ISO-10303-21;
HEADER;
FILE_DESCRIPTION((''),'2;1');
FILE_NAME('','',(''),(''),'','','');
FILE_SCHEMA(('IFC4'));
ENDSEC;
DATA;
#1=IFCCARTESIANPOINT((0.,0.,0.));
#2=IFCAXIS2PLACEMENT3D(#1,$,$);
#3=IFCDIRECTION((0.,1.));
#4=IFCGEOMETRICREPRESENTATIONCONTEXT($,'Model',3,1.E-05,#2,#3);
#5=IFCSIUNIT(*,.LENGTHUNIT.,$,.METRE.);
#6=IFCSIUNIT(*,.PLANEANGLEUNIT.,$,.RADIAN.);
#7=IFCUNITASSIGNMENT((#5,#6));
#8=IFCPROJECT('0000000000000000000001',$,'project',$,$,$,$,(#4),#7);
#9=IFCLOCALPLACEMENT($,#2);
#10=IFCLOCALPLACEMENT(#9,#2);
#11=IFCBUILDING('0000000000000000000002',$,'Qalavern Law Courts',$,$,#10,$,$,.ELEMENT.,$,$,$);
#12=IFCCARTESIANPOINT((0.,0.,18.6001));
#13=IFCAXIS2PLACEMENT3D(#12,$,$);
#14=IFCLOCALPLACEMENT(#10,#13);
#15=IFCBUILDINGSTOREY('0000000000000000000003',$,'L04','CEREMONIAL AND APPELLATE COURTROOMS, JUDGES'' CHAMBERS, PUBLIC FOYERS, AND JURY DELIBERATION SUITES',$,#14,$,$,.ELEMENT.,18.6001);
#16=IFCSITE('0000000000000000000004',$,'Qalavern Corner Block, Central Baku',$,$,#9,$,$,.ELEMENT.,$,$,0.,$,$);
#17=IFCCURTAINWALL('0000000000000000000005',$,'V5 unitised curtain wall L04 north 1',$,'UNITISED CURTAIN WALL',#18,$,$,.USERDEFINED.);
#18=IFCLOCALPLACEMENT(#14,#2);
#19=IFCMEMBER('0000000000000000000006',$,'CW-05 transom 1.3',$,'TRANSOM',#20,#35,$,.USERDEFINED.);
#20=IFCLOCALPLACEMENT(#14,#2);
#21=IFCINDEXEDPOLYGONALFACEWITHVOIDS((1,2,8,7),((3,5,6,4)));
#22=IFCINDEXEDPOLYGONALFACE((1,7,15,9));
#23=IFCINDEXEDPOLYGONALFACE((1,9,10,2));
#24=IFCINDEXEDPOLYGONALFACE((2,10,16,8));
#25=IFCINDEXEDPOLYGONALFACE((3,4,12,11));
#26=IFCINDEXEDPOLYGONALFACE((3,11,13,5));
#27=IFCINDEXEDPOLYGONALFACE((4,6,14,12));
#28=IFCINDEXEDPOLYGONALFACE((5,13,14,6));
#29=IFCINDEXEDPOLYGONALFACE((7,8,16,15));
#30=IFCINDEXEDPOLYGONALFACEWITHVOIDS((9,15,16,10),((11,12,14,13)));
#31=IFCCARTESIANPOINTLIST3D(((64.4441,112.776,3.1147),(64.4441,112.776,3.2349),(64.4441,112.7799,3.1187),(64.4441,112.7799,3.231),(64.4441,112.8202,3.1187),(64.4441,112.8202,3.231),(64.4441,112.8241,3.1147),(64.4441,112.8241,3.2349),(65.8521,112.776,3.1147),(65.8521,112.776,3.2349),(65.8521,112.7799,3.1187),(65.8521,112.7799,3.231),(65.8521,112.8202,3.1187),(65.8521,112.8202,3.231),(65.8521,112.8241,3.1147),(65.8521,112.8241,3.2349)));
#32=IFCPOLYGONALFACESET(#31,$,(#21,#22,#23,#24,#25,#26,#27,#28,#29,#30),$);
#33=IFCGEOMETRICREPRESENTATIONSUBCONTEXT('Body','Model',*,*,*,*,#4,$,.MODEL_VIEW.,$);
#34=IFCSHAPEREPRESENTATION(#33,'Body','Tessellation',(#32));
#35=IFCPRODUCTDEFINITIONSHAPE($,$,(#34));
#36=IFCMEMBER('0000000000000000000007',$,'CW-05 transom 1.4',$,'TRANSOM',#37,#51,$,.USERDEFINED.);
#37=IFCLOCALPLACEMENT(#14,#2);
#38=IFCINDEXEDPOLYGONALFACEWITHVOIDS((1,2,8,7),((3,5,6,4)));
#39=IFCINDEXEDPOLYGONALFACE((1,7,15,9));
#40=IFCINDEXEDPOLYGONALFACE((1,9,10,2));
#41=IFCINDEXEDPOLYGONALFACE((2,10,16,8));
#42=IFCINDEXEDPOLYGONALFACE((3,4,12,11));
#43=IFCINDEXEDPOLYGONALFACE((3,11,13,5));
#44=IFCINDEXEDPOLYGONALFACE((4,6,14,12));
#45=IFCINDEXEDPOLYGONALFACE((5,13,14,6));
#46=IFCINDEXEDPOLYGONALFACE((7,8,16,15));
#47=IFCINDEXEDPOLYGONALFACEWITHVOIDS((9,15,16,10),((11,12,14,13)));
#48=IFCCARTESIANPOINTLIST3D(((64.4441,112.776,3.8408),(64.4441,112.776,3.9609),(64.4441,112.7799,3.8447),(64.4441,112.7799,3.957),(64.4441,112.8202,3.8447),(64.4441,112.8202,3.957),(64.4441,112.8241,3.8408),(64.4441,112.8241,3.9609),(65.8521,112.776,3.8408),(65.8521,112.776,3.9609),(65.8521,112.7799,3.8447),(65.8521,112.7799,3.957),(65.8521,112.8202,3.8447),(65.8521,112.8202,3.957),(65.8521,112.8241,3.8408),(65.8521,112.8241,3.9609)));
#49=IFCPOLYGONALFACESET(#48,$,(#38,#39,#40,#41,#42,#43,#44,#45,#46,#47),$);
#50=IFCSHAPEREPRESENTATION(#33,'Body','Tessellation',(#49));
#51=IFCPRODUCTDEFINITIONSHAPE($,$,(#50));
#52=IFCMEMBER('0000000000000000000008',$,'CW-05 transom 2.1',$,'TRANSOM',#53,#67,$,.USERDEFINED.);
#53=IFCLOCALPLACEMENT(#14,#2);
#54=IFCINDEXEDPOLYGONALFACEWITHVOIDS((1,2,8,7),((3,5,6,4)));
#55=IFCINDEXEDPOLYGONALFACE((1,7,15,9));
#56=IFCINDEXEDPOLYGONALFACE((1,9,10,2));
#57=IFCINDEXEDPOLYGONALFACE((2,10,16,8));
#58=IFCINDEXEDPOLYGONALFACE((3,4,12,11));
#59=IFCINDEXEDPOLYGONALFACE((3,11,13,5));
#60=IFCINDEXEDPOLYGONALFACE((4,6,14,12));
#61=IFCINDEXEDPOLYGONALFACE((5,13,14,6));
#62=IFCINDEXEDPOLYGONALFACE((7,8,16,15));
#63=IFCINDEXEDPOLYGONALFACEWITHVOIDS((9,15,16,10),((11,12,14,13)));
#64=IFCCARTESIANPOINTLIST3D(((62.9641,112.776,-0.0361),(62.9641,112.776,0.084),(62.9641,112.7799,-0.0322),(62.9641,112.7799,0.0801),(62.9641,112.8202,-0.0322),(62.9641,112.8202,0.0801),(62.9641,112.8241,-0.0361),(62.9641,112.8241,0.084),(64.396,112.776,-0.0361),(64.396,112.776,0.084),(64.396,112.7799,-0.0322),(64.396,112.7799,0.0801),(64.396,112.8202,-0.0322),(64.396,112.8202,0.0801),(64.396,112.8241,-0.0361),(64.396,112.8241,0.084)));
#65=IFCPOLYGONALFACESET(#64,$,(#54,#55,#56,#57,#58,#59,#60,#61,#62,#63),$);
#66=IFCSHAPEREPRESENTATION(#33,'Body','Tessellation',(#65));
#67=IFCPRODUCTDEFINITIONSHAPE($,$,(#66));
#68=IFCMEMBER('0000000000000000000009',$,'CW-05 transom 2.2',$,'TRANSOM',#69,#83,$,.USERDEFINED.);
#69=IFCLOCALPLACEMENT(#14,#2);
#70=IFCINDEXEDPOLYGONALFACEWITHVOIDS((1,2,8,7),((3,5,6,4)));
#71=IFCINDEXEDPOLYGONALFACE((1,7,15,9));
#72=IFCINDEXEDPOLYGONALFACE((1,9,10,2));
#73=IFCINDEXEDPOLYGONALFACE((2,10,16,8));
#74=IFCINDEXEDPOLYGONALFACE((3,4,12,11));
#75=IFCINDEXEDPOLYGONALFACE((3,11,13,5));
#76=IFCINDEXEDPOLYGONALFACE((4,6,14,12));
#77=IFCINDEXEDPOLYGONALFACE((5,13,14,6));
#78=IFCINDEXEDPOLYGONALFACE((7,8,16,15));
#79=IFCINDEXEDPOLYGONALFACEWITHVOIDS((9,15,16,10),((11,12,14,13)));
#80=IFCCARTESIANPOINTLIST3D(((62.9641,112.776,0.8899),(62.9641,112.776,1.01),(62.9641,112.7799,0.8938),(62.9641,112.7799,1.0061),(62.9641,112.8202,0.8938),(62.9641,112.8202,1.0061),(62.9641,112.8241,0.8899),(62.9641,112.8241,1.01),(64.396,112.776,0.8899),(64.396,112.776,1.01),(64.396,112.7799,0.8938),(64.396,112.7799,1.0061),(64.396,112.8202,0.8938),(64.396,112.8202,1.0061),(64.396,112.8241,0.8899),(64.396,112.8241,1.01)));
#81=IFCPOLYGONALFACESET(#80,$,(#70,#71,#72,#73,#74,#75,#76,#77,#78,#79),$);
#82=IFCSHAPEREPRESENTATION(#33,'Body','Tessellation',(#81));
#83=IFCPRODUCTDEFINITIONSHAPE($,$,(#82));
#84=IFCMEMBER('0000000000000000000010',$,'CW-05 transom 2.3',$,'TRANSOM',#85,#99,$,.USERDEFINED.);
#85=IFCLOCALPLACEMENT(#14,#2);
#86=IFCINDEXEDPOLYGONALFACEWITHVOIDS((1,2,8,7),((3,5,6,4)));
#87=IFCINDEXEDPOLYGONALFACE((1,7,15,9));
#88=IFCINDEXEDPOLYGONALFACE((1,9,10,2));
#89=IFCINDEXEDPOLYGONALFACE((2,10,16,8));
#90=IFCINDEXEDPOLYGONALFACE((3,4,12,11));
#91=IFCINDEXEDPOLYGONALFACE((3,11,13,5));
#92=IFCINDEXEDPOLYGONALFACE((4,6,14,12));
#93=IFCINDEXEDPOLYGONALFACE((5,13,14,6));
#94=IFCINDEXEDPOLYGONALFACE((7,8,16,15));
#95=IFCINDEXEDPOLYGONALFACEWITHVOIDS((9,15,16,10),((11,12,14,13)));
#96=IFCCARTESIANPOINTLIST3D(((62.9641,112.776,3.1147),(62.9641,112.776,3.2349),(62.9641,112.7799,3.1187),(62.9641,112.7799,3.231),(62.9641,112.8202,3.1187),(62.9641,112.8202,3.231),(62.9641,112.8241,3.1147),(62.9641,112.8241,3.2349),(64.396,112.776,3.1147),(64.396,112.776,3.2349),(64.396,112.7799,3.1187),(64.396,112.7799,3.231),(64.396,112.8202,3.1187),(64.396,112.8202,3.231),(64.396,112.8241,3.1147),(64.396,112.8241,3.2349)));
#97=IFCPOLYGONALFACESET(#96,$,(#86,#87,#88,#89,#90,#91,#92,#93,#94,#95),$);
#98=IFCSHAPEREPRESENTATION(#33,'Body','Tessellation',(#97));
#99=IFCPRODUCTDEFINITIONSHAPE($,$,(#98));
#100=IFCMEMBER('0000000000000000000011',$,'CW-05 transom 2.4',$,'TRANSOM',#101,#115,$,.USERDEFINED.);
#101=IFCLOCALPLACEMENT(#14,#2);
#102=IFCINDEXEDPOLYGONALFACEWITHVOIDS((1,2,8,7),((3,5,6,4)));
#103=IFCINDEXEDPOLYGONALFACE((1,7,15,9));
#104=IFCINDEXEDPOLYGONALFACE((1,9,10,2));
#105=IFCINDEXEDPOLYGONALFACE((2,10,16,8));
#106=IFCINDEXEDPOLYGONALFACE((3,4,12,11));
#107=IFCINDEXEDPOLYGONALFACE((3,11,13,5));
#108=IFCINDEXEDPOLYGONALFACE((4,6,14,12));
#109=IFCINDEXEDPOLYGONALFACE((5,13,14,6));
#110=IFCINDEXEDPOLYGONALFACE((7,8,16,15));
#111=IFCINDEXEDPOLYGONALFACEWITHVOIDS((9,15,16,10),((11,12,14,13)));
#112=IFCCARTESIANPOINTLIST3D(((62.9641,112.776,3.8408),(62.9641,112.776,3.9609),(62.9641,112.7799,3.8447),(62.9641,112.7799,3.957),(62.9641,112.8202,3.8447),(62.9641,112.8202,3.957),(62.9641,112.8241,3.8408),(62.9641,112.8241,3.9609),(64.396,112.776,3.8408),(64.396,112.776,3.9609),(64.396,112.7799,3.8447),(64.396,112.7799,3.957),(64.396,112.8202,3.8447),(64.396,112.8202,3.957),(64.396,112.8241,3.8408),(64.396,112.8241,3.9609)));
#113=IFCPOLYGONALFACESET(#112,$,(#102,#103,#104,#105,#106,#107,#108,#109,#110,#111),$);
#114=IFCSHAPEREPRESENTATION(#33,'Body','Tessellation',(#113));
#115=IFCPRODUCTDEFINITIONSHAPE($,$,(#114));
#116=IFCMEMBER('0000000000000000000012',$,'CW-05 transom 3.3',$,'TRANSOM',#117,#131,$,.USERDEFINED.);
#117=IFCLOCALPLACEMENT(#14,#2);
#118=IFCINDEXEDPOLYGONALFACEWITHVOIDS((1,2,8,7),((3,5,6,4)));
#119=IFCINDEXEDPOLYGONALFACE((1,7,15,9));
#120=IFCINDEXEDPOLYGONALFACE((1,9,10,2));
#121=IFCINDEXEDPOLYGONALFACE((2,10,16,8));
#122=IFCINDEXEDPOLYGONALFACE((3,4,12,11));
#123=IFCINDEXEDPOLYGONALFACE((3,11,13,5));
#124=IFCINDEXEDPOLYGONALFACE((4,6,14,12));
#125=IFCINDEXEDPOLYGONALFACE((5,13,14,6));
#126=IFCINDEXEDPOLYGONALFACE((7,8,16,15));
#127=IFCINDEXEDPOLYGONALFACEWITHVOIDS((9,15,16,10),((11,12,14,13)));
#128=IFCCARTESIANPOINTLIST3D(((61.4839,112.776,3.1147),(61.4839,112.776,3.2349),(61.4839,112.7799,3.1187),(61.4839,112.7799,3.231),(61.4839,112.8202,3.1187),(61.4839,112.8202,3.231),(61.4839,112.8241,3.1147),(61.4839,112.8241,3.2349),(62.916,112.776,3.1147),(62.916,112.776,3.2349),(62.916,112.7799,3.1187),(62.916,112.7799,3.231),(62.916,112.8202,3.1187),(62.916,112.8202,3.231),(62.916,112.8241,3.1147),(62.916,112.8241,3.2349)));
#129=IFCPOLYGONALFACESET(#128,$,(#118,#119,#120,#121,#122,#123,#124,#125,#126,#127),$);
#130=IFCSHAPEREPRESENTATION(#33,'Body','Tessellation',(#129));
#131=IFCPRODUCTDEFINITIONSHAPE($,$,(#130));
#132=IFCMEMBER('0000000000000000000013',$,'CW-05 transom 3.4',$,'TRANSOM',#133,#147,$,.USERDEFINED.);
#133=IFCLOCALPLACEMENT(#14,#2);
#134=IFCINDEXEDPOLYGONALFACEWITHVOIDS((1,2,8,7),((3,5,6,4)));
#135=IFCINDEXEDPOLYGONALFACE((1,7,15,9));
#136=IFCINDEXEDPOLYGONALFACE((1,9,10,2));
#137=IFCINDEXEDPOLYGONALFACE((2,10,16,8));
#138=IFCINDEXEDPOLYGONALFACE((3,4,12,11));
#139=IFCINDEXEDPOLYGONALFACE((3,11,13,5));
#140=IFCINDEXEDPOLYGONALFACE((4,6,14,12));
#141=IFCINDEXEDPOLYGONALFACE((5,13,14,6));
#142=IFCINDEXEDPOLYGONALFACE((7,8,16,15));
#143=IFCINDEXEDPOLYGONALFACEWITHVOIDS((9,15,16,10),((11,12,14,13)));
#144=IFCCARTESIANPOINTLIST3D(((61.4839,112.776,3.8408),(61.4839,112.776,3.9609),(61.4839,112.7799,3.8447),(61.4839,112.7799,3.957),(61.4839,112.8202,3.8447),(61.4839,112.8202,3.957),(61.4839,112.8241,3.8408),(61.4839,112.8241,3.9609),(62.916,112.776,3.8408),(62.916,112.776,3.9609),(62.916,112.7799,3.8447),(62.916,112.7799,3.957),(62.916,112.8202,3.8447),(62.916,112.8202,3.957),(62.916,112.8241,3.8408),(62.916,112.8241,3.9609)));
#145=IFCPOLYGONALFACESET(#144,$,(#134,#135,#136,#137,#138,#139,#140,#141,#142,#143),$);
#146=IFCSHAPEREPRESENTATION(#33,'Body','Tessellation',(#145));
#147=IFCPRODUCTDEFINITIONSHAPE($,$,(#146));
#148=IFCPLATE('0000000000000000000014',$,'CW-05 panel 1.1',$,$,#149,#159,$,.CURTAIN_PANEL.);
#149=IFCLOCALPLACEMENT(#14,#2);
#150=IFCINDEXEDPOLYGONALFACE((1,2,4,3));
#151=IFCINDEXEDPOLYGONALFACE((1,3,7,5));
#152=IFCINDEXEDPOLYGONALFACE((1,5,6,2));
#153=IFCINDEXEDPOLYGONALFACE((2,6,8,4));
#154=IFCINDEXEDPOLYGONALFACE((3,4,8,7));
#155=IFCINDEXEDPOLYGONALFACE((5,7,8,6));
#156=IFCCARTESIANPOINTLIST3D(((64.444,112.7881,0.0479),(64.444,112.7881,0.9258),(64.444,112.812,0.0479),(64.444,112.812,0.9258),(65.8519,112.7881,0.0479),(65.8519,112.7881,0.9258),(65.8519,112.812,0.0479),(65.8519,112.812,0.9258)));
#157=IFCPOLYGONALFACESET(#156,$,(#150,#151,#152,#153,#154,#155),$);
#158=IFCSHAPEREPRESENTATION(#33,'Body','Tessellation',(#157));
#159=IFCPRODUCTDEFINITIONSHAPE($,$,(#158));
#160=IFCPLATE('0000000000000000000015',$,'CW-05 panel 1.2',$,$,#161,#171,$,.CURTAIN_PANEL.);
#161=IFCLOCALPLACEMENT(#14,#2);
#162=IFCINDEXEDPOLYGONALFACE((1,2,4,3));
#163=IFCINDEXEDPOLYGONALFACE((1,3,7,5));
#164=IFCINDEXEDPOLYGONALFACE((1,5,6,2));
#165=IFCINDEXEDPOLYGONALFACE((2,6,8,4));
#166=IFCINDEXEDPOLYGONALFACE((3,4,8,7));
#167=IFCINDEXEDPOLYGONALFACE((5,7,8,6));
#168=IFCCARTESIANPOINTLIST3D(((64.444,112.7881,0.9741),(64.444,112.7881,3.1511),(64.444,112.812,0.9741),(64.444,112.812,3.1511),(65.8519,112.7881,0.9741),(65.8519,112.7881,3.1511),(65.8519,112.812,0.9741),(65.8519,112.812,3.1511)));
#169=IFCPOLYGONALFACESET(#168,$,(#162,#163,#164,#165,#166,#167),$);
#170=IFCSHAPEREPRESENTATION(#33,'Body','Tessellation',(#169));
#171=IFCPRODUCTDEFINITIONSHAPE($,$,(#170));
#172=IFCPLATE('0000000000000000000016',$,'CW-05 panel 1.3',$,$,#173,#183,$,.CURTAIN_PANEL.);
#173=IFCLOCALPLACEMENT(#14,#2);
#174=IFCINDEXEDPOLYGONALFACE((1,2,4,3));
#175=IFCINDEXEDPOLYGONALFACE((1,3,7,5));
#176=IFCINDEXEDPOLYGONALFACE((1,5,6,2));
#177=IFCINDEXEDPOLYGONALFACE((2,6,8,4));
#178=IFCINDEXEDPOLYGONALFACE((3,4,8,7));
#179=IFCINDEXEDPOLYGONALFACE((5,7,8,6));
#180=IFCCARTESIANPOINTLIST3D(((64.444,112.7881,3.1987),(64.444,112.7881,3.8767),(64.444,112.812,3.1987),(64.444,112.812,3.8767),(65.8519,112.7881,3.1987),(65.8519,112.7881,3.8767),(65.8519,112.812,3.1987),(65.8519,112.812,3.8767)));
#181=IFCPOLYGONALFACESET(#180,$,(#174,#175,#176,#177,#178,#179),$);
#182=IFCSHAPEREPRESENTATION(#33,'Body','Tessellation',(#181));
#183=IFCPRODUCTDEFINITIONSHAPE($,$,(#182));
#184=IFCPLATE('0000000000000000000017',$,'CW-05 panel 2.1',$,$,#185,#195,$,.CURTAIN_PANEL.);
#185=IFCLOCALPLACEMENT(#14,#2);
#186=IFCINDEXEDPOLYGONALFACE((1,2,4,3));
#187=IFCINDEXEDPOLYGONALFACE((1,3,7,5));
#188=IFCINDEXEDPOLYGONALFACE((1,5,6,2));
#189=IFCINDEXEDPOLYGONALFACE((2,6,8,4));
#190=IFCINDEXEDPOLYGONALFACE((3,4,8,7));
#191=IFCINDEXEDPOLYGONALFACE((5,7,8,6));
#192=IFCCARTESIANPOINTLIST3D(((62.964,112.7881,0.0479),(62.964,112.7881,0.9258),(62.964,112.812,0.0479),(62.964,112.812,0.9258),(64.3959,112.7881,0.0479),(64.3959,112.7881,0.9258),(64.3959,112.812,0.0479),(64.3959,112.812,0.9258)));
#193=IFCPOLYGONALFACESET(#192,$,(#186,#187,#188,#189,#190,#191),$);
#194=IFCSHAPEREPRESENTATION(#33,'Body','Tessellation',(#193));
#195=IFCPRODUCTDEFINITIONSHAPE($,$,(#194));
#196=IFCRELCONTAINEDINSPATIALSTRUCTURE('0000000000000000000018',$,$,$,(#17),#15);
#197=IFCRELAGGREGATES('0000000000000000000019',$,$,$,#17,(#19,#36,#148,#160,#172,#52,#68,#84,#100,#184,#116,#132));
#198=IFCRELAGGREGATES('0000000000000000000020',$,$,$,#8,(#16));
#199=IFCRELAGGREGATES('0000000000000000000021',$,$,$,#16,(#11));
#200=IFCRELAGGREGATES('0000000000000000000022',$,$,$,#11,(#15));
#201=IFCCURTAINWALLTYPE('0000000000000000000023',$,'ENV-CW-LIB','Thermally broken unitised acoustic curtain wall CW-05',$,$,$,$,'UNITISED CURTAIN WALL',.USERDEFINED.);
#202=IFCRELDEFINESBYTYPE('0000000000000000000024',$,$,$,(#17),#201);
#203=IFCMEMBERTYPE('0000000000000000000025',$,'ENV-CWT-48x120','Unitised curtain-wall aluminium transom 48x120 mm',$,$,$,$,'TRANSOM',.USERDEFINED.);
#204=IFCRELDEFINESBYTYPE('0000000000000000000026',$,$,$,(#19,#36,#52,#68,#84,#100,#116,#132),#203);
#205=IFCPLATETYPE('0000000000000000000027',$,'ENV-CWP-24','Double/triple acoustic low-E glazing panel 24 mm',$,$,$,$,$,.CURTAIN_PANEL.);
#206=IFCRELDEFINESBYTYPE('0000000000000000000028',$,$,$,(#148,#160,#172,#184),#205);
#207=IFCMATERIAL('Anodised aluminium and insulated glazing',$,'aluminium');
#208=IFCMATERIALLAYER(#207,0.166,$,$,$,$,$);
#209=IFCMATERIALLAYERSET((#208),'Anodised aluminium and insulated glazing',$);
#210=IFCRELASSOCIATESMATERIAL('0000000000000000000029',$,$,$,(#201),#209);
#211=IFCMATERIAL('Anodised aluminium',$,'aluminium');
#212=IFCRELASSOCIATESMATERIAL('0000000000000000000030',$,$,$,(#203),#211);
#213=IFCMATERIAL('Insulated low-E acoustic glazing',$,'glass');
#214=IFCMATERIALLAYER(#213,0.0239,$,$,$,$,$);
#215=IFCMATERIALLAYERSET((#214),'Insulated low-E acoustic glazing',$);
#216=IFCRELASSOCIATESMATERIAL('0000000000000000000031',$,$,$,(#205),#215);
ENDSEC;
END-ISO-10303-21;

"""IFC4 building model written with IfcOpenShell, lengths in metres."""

from ifc_helpers import new_model, si_unit, direction, frame, origin, origin_2d, place, context, subcontext, project, spatial, rectangle, hollow_rectangle, extrude, material, layer, layer_set, material_profile, profile_set, type_object, element, aggregate, save


model = new_model("IFC4")

# Units and contexts
model_context = context("Model", 3, precision=1e-05, world=origin(), true_north=direction((0.0, 1.0)))
body_context = subcontext(model_context, "Body", "Model", "MODEL_VIEW")
ifc_project = project(units=[si_unit("LENGTHUNIT", "METRE"), si_unit("PLANEANGLEUNIT", "RADIAN")], contexts=[model_context])

# Site, building, storey
site_placement = place(None, origin())
site = spatial("IfcSite", under=ifc_project, at=site_placement, Name="Qalavern Corner Block, Central Baku", CompositionType="ELEMENT", RefElevation=0.0)
building_placement = place(site_placement, origin())
building = spatial("IfcBuilding", under=site, at=building_placement, Name="Qalavern Law Courts", CompositionType="ELEMENT")
storey_placement = place(building_placement, frame((0.0, 0.0, 18.6001)))
storey = spatial("IfcBuildingStorey", under=building, at=storey_placement, Name="L04", Description="CEREMONIAL AND APPELLATE COURTROOMS, JUDGES' CHAMBERS, PUBLIC FOYERS, AND JURY DELIBERATION SUITES", CompositionType="ELEMENT", Elevation=18.6001)

# Shared definitions
ifc_material_1 = material(Name="Anodised aluminium and insulated glazing", Category="aluminium")
ifc_layer_1 = layer(ifc_material_1, 0.166)
ifc_layer_set_1 = layer_set([ifc_layer_1], Name="Anodised aluminium and insulated glazing")
curtain_wall_type = type_object("IfcCurtainWallType", Name="ENV-CW-LIB", Description="Thermally broken unitised acoustic curtain wall CW-05", ElementType="UNITISED CURTAIN WALL", PredefinedType="USERDEFINED", material=ifc_layer_set_1)
ifc_material_2 = material(Name="Anodised aluminium", Category="aluminium")

# Curtain wall
curtain_wall_1_placement = place(storey_placement, origin())
curtain_wall_1 = element("IfcCurtainWall", 1, at=curtain_wall_1_placement, inside=storey, type_object=curtain_wall_type, Name="V5 unitised curtain wall L04 north 1", ObjectType="UNITISED CURTAIN WALL", PredefinedType="USERDEFINED")

# Members
ifc_material_profile_1 = material_profile(ifc_material_2, hollow_rectangle(XDim=0.0481, YDim=0.1201, WallThickness=0.0039, at=origin_2d()), Name="ALU TRANSOM 48x120")
ifc_profile_set_1 = profile_set([ifc_material_profile_1], Name="Anodised aluminium")
member_type_1 = type_object("IfcMemberType", Name="ENV-CWT-48x120", Description="Unitised curtain-wall aluminium transom 48x120 mm", ElementType="TRANSOM", PredefinedType="USERDEFINED", material=ifc_profile_set_1)
member_1_placement = place(storey_placement, frame((65.8521, 112.8, 3.1748), z_axis=(-1.0, 0.0, 0.0), x_axis=(0.0, -1.0, 0.0)))
member_1 = element("IfcMember", 2, at=member_1_placement, type_object=member_type_1, Name="CW-05 transom 1.3", ObjectType="TRANSOM", PredefinedType="USERDEFINED", context=body_context, shape_type="SweptSolid", body=[
    extrude(hollow_rectangle(XDim=0.0481, YDim=0.1201, WallThickness=0.0039, at=origin_2d()), origin(), (0.0, 0.0, 1.0), 1.408),
])
member_2_placement = place(storey_placement, frame((65.8521, 112.8, 3.9009), z_axis=(-1.0, 0.0, 0.0), x_axis=(0.0, -1.0, 0.0)))
member_2 = element("IfcMember", 3, at=member_2_placement, type_object=member_type_1, Name="CW-05 transom 1.4", ObjectType="TRANSOM", PredefinedType="USERDEFINED", context=body_context, shape_type="SweptSolid", body=[
    extrude(hollow_rectangle(XDim=0.0481, YDim=0.1201, WallThickness=0.0039, at=origin_2d()), origin(), (0.0, 0.0, 1.0), 1.408),
])
member_3_placement = place(storey_placement, frame((64.396, 112.8, 0.0239), z_axis=(-1.0, 0.0, 0.0), x_axis=(0.0, -1.0, 0.0)))
member_3 = element("IfcMember", 4, at=member_3_placement, type_object=member_type_1, Name="CW-05 transom 2.1", ObjectType="TRANSOM", PredefinedType="USERDEFINED", context=body_context, shape_type="SweptSolid", body=[
    extrude(hollow_rectangle(XDim=0.0481, YDim=0.1201, WallThickness=0.0039, at=origin_2d()), origin(), (0.0, 0.0, 1.0), 1.4319),
])
member_4_placement = place(storey_placement, frame((64.396, 112.8, 0.95), z_axis=(-1.0, 0.0, 0.0), x_axis=(0.0, -1.0, 0.0)))
member_4 = element("IfcMember", 5, at=member_4_placement, type_object=member_type_1, Name="CW-05 transom 2.2", ObjectType="TRANSOM", PredefinedType="USERDEFINED", context=body_context, shape_type="SweptSolid", body=[
    extrude(hollow_rectangle(XDim=0.0481, YDim=0.1201, WallThickness=0.0039, at=origin_2d()), origin(), (0.0, 0.0, 1.0), 1.4319),
])
member_5_placement = place(storey_placement, frame((64.396, 112.8, 3.1748), z_axis=(-1.0, 0.0, 0.0), x_axis=(0.0, -1.0, 0.0)))
member_5 = element("IfcMember", 6, at=member_5_placement, type_object=member_type_1, Name="CW-05 transom 2.3", ObjectType="TRANSOM", PredefinedType="USERDEFINED", context=body_context, shape_type="SweptSolid", body=[
    extrude(hollow_rectangle(XDim=0.0481, YDim=0.1201, WallThickness=0.0039, at=origin_2d()), origin(), (0.0, 0.0, 1.0), 1.4319),
])
member_6_placement = place(storey_placement, frame((64.396, 112.8, 3.9009), z_axis=(-1.0, 0.0, 0.0), x_axis=(0.0, -1.0, 0.0)))
member_6 = element("IfcMember", 7, at=member_6_placement, type_object=member_type_1, Name="CW-05 transom 2.4", ObjectType="TRANSOM", PredefinedType="USERDEFINED", context=body_context, shape_type="SweptSolid", body=[
    extrude(hollow_rectangle(XDim=0.0481, YDim=0.1201, WallThickness=0.0039, at=origin_2d()), origin(), (0.0, 0.0, 1.0), 1.4319),
])
member_7_placement = place(storey_placement, frame((62.916, 112.8, 3.1748), z_axis=(-1.0, 0.0, 0.0), x_axis=(0.0, -1.0, 0.0)))
member_7 = element("IfcMember", 8, at=member_7_placement, type_object=member_type_1, Name="CW-05 transom 3.3", ObjectType="TRANSOM", PredefinedType="USERDEFINED", context=body_context, shape_type="SweptSolid", body=[
    extrude(hollow_rectangle(XDim=0.0481, YDim=0.1201, WallThickness=0.0039, at=origin_2d()), origin(), (0.0, 0.0, 1.0), 1.4321),
])
member_8_placement = place(storey_placement, frame((62.916, 112.8, 3.9009), z_axis=(-1.0, 0.0, 0.0), x_axis=(0.0, -1.0, 0.0)))
member_8 = element("IfcMember", 9, at=member_8_placement, type_object=member_type_1, Name="CW-05 transom 3.4", ObjectType="TRANSOM", PredefinedType="USERDEFINED", context=body_context, shape_type="SweptSolid", body=[
    extrude(hollow_rectangle(XDim=0.0481, YDim=0.1201, WallThickness=0.0039, at=origin_2d()), origin(), (0.0, 0.0, 1.0), 1.4321),
])

# Plates
ifc_material_3 = material(Name="Insulated low-E acoustic glazing", Category="glass")
ifc_layer_2 = layer(ifc_material_3, 0.0239)
ifc_layer_set_2 = layer_set([ifc_layer_2], Name="Insulated low-E acoustic glazing")
plate_type_1 = type_object("IfcPlateType", Name="ENV-CWP-24", Description="Double/triple acoustic low-E glazing panel 24 mm", PredefinedType="CURTAIN_PANEL", material=ifc_layer_set_2)
plate_1_placement = place(storey_placement, frame((65.1479, 112.8, 0.0479), z_axis=(0.0, 0.0, 1.0), x_axis=(-1.0, 0.0, 0.0)))
plate_1 = element("IfcPlate", 10, at=plate_1_placement, type_object=plate_type_1, Name="CW-05 panel 1.1", PredefinedType="CURTAIN_PANEL", context=body_context, shape_type="SweptSolid", body=[
    extrude(rectangle(XDim=1.408, YDim=0.0239, at=origin_2d()), origin(), (0.0, 0.0, 1.0), 0.8779),
])
plate_2_placement = place(storey_placement, frame((65.1479, 112.8, 0.9741), z_axis=(0.0, 0.0, 1.0), x_axis=(-1.0, 0.0, 0.0)))
plate_2 = element("IfcPlate", 11, at=plate_2_placement, type_object=plate_type_1, Name="CW-05 panel 1.2", PredefinedType="CURTAIN_PANEL", context=body_context, shape_type="SweptSolid", body=[
    extrude(rectangle(XDim=1.408, YDim=0.0239, at=origin_2d()), origin(), (0.0, 0.0, 1.0), 2.177),
])
plate_3_placement = place(storey_placement, frame((65.1479, 112.8, 3.1987), z_axis=(0.0, 0.0, 1.0), x_axis=(-1.0, 0.0, 0.0)))
plate_3 = element("IfcPlate", 12, at=plate_3_placement, type_object=plate_type_1, Name="CW-05 panel 1.3", PredefinedType="CURTAIN_PANEL", context=body_context, shape_type="SweptSolid", body=[
    extrude(rectangle(XDim=1.408, YDim=0.0239, at=origin_2d()), origin(), (0.0, 0.0, 1.0), 0.678),
])
plate_4_placement = place(storey_placement, frame((63.6799, 112.8, 0.0479), z_axis=(0.0, 0.0, 1.0), x_axis=(-1.0, 0.0, 0.0)))
plate_4 = element("IfcPlate", 13, at=plate_4_placement, type_object=plate_type_1, Name="CW-05 panel 2.1", PredefinedType="CURTAIN_PANEL", context=body_context, shape_type="SweptSolid", body=[
    extrude(rectangle(XDim=1.4319, YDim=0.0239, at=origin_2d()), origin(), (0.0, 0.0, 1.0), 0.8779),
])
aggregate(curtain_wall_1, [member_1, member_2, plate_1, plate_2, plate_3, member_3, member_4, member_5, member_6, plate_4, member_7, member_8])

save(model, "model.ifc")
